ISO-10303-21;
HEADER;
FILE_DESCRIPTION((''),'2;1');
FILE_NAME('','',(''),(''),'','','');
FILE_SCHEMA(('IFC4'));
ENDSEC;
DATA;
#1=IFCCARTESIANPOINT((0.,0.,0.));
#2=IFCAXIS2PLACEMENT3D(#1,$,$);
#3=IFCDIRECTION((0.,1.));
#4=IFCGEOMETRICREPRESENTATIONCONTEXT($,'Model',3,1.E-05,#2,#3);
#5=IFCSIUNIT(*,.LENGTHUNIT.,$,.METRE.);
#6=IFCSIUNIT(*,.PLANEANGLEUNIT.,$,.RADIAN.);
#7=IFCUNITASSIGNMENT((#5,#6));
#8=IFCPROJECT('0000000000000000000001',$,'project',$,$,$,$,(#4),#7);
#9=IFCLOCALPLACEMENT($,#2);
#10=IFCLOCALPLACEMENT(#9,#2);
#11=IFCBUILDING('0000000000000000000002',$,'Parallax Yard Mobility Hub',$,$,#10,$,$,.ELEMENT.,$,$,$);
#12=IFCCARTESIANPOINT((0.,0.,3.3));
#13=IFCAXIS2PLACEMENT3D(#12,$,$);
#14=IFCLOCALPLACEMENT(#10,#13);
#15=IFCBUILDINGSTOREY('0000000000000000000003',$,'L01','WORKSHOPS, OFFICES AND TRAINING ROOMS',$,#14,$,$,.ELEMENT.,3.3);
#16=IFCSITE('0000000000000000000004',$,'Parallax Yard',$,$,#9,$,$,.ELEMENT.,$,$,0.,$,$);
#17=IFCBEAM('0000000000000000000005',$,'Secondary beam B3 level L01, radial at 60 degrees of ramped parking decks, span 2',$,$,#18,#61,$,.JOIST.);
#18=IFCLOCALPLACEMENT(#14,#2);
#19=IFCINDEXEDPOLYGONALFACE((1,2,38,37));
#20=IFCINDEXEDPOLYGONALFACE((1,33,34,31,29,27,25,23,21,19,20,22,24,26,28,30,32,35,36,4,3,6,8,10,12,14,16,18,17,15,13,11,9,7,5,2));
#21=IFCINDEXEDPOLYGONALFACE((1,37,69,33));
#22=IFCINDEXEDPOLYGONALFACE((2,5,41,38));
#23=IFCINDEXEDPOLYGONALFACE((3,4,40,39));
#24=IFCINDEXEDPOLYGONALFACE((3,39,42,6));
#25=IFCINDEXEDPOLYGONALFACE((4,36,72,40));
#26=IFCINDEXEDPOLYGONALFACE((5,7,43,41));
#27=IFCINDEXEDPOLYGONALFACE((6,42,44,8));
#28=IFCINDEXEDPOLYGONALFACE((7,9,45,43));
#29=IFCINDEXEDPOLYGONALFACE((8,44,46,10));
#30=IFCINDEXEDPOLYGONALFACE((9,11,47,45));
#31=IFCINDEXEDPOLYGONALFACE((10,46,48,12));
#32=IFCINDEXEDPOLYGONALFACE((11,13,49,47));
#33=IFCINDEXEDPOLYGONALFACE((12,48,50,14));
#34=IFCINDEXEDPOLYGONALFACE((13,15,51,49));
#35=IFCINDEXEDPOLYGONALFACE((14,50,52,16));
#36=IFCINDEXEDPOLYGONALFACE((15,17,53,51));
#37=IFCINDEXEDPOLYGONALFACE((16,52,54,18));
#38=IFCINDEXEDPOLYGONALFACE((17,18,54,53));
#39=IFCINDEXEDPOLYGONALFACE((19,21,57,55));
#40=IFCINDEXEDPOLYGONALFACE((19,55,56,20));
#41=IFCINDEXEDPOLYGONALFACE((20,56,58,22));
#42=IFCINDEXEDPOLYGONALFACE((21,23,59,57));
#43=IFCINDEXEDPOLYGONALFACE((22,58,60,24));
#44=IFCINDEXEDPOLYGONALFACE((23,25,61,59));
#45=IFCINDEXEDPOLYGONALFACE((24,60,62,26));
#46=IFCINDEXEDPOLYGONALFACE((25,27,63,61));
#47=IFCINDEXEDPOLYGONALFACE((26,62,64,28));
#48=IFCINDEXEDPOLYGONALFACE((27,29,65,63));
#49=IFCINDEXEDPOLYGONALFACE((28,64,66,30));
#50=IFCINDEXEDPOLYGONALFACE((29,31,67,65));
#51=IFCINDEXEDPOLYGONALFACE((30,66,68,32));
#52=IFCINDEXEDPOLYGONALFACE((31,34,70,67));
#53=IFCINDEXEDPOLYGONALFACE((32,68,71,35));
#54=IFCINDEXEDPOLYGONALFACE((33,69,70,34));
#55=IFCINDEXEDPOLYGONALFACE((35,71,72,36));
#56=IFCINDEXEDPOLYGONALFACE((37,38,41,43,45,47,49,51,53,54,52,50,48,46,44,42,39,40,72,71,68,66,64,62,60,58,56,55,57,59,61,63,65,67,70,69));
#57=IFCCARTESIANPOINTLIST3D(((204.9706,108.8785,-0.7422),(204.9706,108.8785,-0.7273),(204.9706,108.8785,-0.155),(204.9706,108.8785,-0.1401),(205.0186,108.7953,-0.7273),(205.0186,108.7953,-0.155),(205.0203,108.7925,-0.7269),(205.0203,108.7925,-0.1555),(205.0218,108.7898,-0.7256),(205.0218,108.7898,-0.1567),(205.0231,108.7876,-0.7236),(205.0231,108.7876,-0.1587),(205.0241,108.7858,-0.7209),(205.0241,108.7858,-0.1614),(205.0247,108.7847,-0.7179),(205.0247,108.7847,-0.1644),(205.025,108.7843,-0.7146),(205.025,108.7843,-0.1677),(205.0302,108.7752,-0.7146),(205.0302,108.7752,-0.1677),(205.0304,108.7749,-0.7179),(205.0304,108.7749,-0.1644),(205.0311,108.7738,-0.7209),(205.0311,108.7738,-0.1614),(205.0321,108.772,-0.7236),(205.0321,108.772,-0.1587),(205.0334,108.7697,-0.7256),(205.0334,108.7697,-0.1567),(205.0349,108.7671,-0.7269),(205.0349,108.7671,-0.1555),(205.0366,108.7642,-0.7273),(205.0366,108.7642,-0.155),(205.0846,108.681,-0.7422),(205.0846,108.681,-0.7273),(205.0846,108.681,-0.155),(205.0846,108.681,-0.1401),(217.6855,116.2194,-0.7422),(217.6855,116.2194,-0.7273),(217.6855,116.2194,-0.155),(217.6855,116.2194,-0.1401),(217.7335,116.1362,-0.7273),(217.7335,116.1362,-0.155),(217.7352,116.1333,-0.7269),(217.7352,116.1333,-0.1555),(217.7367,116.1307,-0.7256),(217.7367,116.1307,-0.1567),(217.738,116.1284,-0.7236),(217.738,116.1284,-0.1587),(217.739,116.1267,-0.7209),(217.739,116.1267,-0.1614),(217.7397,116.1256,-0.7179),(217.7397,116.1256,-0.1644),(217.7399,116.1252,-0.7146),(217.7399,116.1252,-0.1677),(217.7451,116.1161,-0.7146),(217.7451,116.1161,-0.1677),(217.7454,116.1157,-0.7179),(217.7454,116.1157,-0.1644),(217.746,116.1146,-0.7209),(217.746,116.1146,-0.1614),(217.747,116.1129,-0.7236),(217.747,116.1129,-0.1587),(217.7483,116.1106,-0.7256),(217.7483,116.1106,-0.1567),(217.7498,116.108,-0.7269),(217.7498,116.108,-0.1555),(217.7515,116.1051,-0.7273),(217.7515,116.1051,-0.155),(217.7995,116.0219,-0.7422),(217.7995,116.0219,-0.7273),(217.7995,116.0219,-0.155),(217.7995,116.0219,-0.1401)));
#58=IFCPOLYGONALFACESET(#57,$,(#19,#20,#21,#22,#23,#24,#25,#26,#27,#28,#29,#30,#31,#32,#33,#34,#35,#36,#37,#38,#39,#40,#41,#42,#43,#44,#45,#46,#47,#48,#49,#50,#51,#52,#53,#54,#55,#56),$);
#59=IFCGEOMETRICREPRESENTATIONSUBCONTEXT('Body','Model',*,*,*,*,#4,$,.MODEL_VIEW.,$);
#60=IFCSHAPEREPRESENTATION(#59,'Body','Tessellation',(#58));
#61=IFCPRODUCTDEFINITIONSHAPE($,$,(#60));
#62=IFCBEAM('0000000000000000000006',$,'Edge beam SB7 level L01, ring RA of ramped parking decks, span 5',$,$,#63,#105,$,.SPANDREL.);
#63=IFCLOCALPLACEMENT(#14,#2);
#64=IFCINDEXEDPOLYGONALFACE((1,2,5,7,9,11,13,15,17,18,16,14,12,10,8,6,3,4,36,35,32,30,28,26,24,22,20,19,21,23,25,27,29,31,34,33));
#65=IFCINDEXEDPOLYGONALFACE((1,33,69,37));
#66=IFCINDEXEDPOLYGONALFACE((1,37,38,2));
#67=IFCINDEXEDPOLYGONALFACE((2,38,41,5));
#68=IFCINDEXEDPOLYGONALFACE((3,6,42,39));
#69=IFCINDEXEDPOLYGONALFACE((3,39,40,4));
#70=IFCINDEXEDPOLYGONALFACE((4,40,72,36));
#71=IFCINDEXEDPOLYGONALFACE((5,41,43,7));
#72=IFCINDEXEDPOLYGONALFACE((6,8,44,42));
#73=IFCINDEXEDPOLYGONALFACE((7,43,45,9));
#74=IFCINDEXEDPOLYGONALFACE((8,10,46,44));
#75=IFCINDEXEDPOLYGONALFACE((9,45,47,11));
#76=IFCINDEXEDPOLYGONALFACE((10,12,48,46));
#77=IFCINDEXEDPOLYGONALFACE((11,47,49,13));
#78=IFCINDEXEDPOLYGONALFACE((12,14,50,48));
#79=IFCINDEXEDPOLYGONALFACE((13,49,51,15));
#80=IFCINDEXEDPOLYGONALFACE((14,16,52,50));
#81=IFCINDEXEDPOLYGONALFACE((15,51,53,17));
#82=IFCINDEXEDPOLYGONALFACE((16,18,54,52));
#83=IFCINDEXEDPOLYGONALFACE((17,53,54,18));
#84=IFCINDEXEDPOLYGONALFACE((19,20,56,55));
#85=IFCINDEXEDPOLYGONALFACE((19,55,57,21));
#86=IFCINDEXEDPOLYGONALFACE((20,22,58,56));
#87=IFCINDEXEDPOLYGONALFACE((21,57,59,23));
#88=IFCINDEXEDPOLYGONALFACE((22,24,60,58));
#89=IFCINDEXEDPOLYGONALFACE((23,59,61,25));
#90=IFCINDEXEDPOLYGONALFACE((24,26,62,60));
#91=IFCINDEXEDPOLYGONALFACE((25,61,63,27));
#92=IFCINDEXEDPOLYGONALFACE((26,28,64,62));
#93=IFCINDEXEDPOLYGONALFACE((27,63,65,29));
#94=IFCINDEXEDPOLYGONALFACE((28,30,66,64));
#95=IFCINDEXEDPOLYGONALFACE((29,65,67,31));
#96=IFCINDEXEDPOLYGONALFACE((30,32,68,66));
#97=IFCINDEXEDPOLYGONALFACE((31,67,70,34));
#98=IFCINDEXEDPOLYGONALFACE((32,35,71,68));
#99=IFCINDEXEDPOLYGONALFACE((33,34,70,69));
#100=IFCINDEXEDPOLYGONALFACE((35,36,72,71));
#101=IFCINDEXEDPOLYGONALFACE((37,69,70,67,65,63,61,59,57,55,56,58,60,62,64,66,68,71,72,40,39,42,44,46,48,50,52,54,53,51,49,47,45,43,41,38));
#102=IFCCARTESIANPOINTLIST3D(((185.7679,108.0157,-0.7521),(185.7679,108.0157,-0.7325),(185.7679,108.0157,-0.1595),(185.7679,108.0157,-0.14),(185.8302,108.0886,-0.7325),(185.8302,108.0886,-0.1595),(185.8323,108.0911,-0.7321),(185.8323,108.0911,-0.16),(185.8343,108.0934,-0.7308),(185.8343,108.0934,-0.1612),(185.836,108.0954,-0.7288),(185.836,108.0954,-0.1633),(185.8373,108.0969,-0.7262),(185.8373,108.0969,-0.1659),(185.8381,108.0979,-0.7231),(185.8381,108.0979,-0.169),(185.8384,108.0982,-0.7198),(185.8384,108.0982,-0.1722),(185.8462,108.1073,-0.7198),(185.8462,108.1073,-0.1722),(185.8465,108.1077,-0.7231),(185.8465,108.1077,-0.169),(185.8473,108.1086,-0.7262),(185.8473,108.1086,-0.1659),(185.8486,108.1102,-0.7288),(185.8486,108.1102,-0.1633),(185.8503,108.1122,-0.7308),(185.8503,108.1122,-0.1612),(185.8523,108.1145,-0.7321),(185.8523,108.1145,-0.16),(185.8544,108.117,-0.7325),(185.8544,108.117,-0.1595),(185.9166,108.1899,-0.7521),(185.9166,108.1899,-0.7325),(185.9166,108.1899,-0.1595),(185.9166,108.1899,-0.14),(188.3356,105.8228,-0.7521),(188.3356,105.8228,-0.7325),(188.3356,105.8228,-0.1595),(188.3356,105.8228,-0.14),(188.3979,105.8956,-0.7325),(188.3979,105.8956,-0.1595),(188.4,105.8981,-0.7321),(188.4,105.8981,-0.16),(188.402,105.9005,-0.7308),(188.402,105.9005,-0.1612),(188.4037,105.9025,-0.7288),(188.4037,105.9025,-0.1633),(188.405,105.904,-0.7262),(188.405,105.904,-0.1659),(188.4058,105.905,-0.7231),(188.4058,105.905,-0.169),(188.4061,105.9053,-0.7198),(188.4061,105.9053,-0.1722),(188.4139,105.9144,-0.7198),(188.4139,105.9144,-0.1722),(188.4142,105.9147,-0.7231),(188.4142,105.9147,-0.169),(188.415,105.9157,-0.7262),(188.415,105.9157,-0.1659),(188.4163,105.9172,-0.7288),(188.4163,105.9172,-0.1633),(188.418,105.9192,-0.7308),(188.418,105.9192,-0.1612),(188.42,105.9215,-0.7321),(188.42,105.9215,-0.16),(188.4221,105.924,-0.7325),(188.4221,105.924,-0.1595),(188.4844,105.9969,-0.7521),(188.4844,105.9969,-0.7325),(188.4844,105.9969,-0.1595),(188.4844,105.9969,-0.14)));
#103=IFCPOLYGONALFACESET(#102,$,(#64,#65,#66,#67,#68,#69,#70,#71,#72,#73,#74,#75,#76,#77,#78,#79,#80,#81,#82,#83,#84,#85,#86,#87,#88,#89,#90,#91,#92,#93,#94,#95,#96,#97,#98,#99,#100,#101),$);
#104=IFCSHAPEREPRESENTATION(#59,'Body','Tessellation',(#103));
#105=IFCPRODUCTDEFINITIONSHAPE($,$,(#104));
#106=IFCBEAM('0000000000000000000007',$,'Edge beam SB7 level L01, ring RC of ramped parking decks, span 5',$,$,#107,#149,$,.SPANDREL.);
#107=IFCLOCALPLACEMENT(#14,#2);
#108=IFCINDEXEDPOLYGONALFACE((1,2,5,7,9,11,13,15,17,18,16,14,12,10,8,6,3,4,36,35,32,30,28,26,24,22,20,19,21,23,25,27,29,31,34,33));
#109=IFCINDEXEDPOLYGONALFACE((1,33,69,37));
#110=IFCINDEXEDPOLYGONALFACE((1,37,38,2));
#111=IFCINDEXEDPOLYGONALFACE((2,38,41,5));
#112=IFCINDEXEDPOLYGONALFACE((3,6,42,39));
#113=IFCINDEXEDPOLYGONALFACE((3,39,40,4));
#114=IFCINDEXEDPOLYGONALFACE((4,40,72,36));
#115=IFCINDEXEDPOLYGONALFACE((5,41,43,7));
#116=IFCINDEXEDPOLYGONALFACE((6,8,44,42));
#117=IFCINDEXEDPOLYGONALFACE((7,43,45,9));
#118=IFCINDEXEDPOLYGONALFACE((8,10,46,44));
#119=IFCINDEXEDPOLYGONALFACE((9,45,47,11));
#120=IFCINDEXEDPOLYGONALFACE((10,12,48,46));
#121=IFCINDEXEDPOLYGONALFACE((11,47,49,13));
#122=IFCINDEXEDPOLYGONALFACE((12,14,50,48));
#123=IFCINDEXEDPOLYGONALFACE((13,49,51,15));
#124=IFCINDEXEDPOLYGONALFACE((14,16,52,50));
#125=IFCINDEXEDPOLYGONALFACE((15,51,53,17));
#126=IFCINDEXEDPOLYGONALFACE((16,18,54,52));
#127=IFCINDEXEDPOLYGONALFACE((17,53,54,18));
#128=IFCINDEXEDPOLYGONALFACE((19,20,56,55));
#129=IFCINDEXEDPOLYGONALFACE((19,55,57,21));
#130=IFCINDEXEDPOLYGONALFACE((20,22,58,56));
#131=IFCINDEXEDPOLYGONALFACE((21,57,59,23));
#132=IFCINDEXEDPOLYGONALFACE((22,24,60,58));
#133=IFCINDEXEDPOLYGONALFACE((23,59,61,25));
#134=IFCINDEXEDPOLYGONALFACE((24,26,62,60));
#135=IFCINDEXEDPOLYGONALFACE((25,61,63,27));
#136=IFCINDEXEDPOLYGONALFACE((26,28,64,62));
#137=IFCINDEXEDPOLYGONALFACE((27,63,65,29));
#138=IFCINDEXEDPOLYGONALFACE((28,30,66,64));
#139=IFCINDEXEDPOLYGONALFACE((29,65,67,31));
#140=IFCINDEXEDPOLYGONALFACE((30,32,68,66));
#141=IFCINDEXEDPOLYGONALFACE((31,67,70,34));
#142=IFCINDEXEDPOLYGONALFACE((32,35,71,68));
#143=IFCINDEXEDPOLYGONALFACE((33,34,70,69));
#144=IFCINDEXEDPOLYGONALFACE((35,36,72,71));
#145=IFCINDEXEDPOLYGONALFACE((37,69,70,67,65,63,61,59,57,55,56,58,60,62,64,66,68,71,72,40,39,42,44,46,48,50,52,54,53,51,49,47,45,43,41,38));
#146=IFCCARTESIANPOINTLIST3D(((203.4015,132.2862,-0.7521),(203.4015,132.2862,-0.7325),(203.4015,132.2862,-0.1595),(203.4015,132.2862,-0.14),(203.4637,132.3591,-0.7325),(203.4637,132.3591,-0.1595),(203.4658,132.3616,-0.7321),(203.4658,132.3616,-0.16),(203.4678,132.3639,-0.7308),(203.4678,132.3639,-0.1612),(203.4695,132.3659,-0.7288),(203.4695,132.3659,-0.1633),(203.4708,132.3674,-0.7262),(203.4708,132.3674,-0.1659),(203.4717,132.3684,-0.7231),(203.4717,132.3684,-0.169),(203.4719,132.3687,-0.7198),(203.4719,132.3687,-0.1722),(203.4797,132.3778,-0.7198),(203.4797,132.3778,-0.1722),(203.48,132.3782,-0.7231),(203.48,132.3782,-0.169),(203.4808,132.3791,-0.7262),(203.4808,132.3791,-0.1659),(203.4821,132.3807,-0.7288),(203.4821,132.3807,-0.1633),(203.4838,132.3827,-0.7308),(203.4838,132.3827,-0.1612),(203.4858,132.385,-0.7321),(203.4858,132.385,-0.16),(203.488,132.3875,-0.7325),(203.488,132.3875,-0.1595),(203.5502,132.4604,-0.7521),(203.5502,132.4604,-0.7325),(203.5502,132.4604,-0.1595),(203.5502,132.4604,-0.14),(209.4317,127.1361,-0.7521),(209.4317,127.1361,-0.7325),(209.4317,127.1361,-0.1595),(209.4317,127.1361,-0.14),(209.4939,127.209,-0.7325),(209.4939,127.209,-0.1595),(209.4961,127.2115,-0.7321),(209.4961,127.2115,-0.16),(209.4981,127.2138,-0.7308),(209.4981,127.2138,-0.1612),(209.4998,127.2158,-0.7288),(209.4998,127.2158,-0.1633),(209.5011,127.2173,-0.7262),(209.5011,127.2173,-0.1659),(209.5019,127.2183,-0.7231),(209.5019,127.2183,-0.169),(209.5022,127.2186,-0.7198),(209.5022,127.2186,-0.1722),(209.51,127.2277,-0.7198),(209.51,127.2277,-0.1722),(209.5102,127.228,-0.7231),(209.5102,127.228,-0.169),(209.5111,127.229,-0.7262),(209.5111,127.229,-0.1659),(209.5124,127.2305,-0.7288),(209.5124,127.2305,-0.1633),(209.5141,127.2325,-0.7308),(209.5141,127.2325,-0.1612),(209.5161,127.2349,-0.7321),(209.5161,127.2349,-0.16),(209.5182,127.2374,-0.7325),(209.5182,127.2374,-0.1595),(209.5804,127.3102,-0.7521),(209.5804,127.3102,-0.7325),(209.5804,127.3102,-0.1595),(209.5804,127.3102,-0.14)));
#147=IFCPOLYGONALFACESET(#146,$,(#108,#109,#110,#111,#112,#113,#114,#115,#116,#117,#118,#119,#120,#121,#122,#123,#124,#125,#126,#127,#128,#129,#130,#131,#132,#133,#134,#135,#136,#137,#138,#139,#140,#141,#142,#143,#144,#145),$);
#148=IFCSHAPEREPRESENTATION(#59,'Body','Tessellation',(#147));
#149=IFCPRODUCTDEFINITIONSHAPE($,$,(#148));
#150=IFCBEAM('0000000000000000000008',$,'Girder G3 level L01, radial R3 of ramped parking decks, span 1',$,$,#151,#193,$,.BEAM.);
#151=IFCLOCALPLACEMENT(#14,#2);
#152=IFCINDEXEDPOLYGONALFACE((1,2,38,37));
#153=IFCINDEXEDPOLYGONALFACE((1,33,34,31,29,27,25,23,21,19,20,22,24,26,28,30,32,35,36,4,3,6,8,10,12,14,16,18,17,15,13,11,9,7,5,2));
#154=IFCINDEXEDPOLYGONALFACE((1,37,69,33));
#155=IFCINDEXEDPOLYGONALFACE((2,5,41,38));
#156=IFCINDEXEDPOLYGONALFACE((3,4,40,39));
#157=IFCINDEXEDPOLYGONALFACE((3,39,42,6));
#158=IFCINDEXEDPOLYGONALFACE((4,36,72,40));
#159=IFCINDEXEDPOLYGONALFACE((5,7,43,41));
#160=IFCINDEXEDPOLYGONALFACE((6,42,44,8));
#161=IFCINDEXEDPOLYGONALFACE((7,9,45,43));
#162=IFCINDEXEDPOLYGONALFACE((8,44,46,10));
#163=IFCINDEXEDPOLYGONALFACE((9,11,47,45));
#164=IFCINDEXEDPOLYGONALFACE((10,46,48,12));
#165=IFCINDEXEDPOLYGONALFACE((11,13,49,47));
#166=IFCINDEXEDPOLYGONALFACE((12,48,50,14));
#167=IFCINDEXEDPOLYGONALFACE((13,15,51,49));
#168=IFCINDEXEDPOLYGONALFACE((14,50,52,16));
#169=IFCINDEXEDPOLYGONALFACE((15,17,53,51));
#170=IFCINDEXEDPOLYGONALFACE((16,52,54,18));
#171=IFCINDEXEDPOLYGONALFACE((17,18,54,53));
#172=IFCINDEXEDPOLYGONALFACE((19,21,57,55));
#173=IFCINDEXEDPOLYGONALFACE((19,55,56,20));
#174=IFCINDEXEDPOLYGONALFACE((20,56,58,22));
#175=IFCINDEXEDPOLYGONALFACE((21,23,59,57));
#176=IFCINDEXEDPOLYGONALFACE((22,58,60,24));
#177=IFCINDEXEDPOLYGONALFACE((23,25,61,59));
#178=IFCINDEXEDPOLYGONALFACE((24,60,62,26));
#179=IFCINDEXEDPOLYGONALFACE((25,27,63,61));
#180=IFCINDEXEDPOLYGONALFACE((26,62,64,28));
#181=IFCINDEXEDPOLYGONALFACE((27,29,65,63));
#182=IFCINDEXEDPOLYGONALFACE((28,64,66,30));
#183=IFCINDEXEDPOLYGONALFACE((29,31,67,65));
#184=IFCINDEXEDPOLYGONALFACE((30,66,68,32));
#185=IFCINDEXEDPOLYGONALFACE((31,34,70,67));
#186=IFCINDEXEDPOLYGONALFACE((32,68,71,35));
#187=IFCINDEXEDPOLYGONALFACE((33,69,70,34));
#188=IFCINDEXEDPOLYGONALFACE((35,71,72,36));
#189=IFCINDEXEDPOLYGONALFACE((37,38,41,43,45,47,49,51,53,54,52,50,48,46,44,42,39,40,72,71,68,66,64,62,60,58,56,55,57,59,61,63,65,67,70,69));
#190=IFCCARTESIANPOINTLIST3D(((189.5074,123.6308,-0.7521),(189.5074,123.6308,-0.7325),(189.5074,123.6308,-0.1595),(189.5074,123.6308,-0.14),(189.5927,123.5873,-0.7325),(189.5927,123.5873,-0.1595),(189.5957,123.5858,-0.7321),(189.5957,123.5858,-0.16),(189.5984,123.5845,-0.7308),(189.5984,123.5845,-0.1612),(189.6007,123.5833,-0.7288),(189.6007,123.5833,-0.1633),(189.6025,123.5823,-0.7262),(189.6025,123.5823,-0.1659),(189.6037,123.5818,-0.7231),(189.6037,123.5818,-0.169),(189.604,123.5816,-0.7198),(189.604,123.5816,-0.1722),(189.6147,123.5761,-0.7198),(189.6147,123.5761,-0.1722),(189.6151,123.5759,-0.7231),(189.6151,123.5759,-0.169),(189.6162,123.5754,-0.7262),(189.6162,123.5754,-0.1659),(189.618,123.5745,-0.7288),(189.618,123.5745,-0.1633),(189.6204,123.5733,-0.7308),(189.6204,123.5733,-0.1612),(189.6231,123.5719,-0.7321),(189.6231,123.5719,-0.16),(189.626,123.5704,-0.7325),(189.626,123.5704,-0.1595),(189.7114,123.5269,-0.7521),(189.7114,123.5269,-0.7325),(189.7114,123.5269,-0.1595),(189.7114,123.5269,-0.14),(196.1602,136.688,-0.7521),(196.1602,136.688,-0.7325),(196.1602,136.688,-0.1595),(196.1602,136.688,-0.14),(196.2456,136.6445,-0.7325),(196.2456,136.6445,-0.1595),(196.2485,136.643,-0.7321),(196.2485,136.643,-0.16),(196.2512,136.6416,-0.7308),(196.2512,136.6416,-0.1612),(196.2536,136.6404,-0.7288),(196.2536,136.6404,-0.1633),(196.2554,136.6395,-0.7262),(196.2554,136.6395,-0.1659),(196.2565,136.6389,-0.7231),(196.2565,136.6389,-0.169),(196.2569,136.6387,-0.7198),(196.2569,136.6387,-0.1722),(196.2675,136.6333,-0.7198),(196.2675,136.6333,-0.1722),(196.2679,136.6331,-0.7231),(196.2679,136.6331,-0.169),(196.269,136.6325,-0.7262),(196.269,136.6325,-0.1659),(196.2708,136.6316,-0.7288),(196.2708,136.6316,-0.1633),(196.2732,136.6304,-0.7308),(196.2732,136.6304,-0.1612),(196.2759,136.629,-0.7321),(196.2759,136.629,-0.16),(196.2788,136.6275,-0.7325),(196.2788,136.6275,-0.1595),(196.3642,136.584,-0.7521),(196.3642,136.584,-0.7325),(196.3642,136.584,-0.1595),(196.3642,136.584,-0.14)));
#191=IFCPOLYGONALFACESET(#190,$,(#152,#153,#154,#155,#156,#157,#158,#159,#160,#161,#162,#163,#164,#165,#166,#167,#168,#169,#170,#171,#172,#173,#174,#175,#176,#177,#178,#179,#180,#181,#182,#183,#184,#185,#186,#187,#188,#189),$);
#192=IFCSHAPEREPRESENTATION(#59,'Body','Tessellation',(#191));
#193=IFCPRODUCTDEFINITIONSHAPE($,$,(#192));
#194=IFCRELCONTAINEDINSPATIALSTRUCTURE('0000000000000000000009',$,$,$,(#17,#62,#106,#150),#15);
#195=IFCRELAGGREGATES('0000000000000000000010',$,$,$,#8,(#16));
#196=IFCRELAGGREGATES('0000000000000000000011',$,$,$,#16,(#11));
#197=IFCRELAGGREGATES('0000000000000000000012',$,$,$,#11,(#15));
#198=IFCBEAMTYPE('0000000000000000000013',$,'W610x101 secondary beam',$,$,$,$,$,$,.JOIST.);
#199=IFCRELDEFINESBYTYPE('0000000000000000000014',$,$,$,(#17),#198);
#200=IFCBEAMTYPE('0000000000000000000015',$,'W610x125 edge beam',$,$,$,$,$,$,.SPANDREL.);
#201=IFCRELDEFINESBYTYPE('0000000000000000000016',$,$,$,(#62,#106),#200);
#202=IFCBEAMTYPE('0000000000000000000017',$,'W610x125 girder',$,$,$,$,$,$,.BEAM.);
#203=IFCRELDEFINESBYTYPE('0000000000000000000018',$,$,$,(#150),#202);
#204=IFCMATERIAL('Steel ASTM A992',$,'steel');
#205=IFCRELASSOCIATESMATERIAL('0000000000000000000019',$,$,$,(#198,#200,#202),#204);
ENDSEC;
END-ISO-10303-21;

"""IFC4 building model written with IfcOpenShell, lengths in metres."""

from ifc_helpers import new_model, si_unit, direction, frame, origin, origin_2d, place, context, subcontext, project, spatial, i_section, extrude, material, material_profile, profile_set, type_object, element, save


model = new_model("IFC4")

# Units and contexts
model_context = context("Model", 3, precision=1e-05, world=origin(), true_north=direction((0.0, 1.0)))
body_context = subcontext(model_context, "Body", "Model", "MODEL_VIEW")
ifc_project = project(units=[si_unit("LENGTHUNIT", "METRE"), si_unit("PLANEANGLEUNIT", "RADIAN")], contexts=[model_context])

# Site, building, storey
site_placement = place(None, origin())
site = spatial("IfcSite", under=ifc_project, at=site_placement, Name="Parallax Yard", CompositionType="ELEMENT", RefElevation=0.0)
building_placement = place(site_placement, origin())
building = spatial("IfcBuilding", under=site, at=building_placement, Name="Parallax Yard Mobility Hub", CompositionType="ELEMENT")
storey_placement = place(building_placement, frame((0.0, 0.0, 3.3)))
storey = spatial("IfcBuildingStorey", under=building, at=storey_placement, Name="L01", Description="WORKSHOPS, OFFICES AND TRAINING ROOMS", CompositionType="ELEMENT", Elevation=3.3)

# Shared definitions
ifc_material_1 = material(Name="Steel ASTM A992", Category="steel")

# Beams
ifc_material_profile_1 = material_profile(ifc_material_1, i_section(OverallWidth=0.228, OverallDepth=0.6021, WebThickness=0.0105, FlangeThickness=0.0149, FilletRadius=0.0127, at=origin_2d()), Name="W610x101")
ifc_profile_set_1 = profile_set([ifc_material_profile_1], Name="Steel ASTM A992")
beam_type_1 = type_object("IfcBeamType", Name="W610x101 secondary beam", PredefinedType="JOIST", material=ifc_profile_set_1)
for number, where, z_axis, x_axis, name in (
    (1, (205.0276, 108.7798, -0.4412), (0.866028, 0.499995, 0.0), (-0.499995, 0.866028, 0.0), "Secondary beam B3 level L01, radial at 60 degrees of ramped parking decks, span 2"),
):
    element("IfcBeam", number, at=place(storey_placement, frame(where, z_axis=z_axis, x_axis=x_axis)), inside=storey, type_object=beam_type_1, Name=name, PredefinedType="JOIST", context=body_context, shape_type="SweptSolid", body=[
        extrude(i_section(OverallWidth=0.228, OverallDepth=0.6021, WebThickness=0.0105, FlangeThickness=0.0149, FilletRadius=0.0127, at=origin_2d()), origin(), (0.0, 0.0, 1.0), 14.6819),
    ])
ifc_material_profile_2 = material_profile(ifc_material_1, i_section(OverallWidth=0.229, OverallDepth=0.6121, WebThickness=0.012, FlangeThickness=0.0195, FilletRadius=0.0127, at=origin_2d()), Name="W610x125")
ifc_profile_set_2 = profile_set([ifc_material_profile_2], Name="Steel ASTM A992")
beam_type_2 = type_object("IfcBeamType", Name="W610x125 edge beam", PredefinedType="SPANDREL", material=ifc_profile_set_2)
beam_1_placement = place(storey_placement, frame((185.8423, 108.1028, -0.446), z_axis=(0.760419, -0.649433, 0.0), x_axis=(0.649433, 0.760419, 0.0)))
element("IfcBeam", 2, at=beam_1_placement, inside=storey, type_object=beam_type_2, Name="Edge beam SB7 level L01, ring RA of ramped parking decks, span 5", PredefinedType="SPANDREL", context=body_context, shape_type="SweptSolid", body=[
    extrude(i_section(OverallWidth=0.229, OverallDepth=0.6121, WebThickness=0.012, FlangeThickness=0.0195, FilletRadius=0.0127, at=origin_2d()), origin(), (0.0, 0.0, 1.0), 3.3767),
])
beam_2_placement = place(storey_placement, frame((203.4758, 132.3733, -0.446), z_axis=(0.760418, -0.649434, 0.0), x_axis=(0.649434, 0.760418, 0.0)))
element("IfcBeam", 3, at=beam_2_placement, inside=storey, type_object=beam_type_2, Name="Edge beam SB7 level L01, ring RC of ramped parking decks, span 5", PredefinedType="SPANDREL", context=body_context, shape_type="SweptSolid", body=[
    extrude(i_section(OverallWidth=0.229, OverallDepth=0.6121, WebThickness=0.012, FlangeThickness=0.0195, FilletRadius=0.0127, at=origin_2d()), origin(), (0.0, 0.0, 1.0), 7.9302),
])
ifc_material_profile_3 = material_profile(ifc_material_1, i_section(OverallWidth=0.229, OverallDepth=0.6121, WebThickness=0.012, FlangeThickness=0.0195, FilletRadius=0.0127, at=origin_2d()), Name="W610x125")
ifc_profile_set_3 = profile_set([ifc_material_profile_3], Name="Steel ASTM A992")
beam_type_3 = type_object("IfcBeamType", Name="W610x125 girder", PredefinedType="BEAM", material=ifc_profile_set_3)
beam_3_placement = place(storey_placement, frame((189.6094, 123.5789, -0.446), z_axis=(0.453985, 0.891009, 0.0), x_axis=(-0.891009, 0.453985, 0.0)))
element("IfcBeam", 4, at=beam_3_placement, inside=storey, type_object=beam_type_3, Name="Girder G3 level L01, radial R3 of ramped parking decks, span 1", PredefinedType="BEAM", context=body_context, shape_type="SweptSolid", body=[
    extrude(i_section(OverallWidth=0.229, OverallDepth=0.6121, WebThickness=0.012, FlangeThickness=0.0195, FilletRadius=0.0127, at=origin_2d()), origin(), (0.0, 0.0, 1.0), 14.6543),
])

save(model, "model.ifc")
